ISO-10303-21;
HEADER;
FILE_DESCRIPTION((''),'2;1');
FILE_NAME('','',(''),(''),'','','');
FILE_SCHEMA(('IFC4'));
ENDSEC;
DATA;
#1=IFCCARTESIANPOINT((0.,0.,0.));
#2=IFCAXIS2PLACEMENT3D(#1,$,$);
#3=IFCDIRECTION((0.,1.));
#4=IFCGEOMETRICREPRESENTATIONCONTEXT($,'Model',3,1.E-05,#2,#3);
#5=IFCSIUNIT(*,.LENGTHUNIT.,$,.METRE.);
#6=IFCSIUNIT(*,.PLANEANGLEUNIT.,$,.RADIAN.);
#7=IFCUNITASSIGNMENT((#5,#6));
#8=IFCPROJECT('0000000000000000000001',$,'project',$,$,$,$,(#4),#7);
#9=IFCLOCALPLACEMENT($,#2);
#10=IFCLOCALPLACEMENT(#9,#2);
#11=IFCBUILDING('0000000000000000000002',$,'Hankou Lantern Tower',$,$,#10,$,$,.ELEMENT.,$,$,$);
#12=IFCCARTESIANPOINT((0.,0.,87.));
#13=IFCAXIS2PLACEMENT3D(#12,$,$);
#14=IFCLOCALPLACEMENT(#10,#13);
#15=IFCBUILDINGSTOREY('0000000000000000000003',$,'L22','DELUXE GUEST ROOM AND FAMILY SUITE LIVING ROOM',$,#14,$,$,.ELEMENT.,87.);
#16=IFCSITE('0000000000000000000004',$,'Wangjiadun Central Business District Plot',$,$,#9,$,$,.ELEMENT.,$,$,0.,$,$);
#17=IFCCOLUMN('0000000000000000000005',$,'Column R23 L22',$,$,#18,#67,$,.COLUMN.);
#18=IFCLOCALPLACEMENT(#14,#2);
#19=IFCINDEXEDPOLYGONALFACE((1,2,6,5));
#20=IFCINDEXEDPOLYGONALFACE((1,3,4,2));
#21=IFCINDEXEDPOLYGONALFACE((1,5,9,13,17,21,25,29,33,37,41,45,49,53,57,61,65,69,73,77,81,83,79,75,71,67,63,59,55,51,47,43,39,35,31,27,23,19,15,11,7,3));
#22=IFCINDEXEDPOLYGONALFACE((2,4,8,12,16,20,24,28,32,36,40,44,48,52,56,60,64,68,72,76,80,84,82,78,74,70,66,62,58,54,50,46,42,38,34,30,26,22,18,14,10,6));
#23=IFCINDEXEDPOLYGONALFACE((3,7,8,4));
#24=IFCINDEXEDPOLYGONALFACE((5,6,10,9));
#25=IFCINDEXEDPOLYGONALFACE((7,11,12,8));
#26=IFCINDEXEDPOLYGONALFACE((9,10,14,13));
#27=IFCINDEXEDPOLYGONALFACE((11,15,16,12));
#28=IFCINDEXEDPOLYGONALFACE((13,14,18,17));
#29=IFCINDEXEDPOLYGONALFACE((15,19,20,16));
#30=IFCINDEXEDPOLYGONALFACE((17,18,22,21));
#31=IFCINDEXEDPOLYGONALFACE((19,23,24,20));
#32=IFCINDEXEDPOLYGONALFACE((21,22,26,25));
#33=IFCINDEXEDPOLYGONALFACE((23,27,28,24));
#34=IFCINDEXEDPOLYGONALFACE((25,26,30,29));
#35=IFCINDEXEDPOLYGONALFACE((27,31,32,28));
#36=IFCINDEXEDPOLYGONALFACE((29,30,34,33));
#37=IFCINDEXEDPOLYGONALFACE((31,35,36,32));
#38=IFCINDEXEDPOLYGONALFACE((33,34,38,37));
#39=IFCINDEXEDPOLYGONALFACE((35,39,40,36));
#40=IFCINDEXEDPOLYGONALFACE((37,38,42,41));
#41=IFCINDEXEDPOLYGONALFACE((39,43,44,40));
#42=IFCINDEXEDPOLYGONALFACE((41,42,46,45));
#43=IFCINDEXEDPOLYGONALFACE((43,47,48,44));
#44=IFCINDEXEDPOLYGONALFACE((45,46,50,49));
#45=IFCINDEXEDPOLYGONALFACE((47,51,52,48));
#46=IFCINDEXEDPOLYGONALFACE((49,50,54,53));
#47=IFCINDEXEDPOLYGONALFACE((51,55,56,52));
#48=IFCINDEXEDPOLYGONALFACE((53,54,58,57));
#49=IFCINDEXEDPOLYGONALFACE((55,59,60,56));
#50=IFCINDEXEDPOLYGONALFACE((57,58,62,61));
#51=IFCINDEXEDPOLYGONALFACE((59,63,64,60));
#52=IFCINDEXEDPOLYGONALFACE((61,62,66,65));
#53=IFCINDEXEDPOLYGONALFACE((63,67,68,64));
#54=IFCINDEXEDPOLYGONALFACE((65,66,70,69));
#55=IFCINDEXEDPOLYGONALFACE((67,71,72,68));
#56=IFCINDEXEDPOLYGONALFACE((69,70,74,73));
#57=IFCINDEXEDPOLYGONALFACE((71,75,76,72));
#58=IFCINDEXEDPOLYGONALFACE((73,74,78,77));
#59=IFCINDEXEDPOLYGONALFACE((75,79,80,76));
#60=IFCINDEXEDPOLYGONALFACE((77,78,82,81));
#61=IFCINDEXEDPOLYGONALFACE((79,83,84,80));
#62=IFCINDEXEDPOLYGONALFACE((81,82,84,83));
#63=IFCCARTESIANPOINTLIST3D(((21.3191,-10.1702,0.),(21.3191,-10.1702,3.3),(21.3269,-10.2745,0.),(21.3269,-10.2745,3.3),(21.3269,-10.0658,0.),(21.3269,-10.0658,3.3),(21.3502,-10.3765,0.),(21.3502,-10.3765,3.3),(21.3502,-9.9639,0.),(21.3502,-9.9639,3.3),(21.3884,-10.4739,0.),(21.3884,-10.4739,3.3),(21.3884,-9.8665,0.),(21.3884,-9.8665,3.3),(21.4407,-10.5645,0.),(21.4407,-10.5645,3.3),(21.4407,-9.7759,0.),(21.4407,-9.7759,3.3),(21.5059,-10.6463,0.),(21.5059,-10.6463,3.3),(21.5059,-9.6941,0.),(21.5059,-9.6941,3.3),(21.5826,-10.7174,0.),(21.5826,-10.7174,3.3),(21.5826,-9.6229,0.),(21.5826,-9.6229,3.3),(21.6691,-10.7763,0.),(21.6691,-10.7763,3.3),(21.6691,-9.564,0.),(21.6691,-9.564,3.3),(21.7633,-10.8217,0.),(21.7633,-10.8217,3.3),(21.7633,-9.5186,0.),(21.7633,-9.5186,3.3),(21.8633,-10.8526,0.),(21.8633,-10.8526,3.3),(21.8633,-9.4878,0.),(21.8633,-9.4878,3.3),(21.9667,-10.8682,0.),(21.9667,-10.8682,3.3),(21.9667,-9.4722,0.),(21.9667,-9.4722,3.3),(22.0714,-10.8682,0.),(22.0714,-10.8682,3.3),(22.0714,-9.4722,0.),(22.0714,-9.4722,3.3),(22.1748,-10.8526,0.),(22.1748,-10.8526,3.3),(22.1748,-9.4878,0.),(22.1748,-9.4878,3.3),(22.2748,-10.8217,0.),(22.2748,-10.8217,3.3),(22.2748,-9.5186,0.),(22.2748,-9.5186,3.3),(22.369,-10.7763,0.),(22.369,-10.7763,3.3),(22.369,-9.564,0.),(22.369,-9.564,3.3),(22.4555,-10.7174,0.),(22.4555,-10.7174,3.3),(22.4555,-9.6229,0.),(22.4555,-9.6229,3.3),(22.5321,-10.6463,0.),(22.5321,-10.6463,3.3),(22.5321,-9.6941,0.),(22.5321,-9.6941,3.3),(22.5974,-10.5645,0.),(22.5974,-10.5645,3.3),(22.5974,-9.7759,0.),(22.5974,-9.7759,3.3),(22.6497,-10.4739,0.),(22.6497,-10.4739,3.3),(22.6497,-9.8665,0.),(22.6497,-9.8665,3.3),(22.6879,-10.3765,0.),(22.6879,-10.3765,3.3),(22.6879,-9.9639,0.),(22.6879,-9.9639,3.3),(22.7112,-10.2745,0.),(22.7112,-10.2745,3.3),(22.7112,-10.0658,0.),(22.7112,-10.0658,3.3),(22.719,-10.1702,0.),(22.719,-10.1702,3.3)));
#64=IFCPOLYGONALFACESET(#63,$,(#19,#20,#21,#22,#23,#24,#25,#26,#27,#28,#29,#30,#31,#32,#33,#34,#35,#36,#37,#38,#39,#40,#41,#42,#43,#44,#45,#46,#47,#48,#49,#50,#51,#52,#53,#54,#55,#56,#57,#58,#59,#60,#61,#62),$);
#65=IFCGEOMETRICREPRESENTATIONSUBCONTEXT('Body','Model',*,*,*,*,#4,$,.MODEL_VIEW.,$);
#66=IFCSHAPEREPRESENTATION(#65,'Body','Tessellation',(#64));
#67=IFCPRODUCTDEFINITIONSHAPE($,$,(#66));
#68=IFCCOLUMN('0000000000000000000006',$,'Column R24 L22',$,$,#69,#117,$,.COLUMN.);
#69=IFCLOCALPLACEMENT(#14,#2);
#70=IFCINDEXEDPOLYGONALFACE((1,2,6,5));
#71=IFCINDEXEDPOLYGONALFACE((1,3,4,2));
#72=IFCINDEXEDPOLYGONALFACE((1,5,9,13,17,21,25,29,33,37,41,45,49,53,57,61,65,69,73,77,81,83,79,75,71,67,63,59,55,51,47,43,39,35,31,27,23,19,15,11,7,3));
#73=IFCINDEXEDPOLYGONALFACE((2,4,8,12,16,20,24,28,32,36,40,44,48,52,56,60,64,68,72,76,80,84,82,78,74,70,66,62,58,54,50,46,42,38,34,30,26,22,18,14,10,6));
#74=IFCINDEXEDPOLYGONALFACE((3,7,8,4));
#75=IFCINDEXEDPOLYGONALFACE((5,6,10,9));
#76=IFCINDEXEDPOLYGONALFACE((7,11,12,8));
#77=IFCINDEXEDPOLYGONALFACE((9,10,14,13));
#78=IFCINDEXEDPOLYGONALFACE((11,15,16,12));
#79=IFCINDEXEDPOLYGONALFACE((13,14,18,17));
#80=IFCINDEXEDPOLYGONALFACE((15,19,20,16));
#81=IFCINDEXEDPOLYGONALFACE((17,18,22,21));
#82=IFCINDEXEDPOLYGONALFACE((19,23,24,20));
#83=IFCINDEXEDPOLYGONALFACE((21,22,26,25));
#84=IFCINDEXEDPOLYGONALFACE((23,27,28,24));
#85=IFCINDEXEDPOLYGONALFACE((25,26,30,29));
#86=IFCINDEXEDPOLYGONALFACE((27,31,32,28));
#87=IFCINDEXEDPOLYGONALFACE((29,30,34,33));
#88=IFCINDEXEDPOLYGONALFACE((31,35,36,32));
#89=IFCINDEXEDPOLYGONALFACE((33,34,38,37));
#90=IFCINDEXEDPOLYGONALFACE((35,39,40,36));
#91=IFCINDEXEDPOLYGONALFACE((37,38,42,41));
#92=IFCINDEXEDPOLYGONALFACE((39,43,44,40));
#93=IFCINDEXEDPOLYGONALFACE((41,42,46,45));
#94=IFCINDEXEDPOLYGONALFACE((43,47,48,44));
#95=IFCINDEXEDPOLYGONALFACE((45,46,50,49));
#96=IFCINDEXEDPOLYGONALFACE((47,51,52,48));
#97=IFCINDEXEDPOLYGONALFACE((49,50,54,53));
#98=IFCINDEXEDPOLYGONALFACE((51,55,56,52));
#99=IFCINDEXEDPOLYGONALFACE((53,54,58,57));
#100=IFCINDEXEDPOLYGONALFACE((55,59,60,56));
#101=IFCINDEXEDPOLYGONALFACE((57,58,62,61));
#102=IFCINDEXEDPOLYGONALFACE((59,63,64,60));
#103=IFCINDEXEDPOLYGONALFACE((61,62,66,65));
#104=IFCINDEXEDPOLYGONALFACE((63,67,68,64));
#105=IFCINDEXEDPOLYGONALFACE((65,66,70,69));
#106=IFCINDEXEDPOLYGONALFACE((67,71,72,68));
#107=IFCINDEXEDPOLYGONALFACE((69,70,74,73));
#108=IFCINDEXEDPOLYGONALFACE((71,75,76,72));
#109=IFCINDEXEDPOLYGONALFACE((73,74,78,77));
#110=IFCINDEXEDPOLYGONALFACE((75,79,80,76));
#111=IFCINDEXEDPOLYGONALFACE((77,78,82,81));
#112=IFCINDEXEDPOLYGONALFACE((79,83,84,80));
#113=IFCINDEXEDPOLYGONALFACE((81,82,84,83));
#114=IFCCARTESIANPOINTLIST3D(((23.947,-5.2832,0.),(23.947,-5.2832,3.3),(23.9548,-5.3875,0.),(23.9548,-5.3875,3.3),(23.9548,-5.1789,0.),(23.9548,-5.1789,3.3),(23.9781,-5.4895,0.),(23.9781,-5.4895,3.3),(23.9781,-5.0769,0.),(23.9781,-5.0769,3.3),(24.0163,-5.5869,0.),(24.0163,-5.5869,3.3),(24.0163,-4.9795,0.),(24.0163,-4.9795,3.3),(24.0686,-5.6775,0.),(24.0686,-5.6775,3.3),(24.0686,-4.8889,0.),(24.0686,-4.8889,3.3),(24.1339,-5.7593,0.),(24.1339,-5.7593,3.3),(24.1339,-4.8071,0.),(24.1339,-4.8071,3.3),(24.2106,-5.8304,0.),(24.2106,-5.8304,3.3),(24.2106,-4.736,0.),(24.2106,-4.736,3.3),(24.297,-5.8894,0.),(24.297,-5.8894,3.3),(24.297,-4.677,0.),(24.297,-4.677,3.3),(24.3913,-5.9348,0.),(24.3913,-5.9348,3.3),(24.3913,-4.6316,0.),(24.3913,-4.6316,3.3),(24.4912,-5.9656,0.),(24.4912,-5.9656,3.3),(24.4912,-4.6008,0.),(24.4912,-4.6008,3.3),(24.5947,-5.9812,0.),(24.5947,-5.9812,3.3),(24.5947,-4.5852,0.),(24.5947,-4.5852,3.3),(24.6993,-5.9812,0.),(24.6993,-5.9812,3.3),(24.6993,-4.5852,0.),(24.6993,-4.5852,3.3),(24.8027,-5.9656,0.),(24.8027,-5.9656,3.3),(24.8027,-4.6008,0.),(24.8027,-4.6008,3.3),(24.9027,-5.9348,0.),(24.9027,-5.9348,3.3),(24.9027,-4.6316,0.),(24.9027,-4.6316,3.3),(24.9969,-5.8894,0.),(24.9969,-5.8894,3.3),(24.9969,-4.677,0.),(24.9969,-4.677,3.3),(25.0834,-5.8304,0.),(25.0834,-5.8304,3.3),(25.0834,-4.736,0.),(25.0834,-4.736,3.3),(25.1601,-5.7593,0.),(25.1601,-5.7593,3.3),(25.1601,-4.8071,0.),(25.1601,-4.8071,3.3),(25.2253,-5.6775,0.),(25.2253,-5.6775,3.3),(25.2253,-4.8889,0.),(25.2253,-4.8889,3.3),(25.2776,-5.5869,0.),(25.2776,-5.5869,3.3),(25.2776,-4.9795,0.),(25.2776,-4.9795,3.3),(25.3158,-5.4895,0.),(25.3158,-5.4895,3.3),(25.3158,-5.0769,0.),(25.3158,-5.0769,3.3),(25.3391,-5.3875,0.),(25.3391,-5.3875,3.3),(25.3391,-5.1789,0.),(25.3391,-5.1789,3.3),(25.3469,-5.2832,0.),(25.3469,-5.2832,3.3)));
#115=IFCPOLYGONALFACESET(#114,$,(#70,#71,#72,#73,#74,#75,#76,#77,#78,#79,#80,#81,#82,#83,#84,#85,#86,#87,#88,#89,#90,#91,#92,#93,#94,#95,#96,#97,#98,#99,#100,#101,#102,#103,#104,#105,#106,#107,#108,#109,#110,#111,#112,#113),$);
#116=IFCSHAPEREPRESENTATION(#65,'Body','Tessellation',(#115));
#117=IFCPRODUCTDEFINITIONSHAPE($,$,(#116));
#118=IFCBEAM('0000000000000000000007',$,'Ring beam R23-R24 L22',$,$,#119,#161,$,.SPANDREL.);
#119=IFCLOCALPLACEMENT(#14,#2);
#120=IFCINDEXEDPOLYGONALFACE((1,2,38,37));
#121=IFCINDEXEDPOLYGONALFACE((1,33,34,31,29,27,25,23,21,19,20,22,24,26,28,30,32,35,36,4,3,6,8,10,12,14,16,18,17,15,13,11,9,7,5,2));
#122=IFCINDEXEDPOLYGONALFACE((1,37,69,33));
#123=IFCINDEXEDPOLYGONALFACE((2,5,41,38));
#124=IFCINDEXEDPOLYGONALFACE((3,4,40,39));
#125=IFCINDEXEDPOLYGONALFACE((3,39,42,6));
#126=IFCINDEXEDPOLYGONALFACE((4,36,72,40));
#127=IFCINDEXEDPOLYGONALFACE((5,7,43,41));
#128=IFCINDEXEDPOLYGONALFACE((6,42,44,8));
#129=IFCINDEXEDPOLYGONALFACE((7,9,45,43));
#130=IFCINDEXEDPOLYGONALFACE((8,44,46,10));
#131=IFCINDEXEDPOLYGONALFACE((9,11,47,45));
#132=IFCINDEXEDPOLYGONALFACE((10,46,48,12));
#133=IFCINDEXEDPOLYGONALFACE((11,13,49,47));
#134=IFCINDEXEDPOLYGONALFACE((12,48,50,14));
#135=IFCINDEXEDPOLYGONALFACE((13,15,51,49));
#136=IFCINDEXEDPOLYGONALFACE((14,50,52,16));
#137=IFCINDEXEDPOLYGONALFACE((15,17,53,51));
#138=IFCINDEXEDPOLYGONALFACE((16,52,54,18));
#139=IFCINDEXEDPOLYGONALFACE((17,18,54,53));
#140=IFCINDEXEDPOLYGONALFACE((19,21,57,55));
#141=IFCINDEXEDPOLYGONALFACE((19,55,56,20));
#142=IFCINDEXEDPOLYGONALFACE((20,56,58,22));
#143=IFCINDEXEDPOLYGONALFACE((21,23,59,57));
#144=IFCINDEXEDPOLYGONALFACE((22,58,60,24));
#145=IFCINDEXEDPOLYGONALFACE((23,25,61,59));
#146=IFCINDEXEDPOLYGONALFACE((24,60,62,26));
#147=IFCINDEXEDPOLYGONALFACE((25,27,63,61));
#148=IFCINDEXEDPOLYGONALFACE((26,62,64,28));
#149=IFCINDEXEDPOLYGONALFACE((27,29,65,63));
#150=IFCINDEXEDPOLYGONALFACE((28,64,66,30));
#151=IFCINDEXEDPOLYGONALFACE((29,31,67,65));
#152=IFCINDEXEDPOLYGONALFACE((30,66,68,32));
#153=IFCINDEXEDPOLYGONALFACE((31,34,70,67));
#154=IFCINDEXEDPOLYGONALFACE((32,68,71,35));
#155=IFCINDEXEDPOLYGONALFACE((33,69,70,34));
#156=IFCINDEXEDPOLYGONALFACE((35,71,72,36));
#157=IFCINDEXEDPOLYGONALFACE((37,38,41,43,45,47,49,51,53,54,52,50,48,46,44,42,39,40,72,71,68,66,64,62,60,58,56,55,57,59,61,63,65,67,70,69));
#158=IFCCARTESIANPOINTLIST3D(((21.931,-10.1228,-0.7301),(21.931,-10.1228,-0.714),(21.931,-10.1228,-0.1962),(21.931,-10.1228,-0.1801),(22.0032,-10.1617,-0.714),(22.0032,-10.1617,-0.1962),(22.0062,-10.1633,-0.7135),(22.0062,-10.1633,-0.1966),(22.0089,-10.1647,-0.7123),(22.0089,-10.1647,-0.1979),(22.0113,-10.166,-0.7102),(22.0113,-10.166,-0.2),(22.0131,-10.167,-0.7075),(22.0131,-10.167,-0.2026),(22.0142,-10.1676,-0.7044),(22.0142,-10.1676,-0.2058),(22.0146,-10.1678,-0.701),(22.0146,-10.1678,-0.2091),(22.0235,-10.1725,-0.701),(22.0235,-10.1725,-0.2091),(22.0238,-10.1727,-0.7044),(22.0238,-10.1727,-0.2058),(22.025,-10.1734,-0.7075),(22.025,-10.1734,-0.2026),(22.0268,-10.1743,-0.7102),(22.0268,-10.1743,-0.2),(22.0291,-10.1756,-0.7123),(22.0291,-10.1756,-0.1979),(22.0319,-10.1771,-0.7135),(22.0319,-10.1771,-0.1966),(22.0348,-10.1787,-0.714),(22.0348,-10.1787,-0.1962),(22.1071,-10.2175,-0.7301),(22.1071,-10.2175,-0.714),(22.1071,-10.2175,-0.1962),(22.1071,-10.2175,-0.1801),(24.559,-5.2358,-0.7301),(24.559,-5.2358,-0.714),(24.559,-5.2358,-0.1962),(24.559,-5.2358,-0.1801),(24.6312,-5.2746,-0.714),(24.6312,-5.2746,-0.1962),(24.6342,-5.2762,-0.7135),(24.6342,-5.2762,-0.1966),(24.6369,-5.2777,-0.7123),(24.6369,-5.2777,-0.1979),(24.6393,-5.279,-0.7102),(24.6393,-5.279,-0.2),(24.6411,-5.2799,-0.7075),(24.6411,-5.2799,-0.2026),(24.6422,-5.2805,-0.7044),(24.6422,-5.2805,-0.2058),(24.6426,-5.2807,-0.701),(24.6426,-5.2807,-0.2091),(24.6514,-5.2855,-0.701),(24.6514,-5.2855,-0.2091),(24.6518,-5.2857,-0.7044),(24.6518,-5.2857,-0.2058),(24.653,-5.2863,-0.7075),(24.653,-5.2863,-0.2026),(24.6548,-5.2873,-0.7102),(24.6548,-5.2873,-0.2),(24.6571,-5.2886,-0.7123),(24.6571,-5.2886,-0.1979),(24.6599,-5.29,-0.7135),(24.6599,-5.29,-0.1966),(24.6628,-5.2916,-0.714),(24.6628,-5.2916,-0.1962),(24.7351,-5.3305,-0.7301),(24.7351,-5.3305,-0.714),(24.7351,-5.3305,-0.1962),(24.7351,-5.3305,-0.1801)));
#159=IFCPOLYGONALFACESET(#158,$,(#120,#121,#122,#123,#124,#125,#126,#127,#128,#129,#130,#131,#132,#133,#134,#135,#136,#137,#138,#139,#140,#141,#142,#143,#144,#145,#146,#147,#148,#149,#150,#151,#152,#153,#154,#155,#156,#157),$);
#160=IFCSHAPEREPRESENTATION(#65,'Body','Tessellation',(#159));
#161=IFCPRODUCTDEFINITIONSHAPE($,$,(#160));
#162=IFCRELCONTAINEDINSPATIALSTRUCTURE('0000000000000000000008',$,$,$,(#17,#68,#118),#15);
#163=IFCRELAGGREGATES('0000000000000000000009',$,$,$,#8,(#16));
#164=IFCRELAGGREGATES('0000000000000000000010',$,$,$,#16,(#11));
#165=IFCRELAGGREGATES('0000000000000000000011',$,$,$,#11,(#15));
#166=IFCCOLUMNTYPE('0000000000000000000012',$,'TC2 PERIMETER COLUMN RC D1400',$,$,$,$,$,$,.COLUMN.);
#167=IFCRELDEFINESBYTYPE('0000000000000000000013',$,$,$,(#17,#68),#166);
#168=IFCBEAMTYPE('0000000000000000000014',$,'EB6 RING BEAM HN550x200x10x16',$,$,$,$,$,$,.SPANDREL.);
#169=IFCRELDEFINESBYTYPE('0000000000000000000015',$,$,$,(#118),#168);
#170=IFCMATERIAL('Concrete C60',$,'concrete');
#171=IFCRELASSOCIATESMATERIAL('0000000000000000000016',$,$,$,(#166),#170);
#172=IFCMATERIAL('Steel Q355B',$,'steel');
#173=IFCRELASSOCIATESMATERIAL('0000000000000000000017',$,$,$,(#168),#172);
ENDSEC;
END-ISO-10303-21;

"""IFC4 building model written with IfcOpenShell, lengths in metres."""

from ifc_helpers import new_model, si_unit, direction, frame, origin, origin_2d, place, context, subcontext, project, spatial, circle, i_section, extrude, material, material_profile, profile_set, type_object, element, save


model = new_model("IFC4")

# Units and contexts
model_context = context("Model", 3, precision=1e-05, world=origin(), true_north=direction((0.0, 1.0)))
body_context = subcontext(model_context, "Body", "Model", "MODEL_VIEW")
ifc_project = project(units=[si_unit("LENGTHUNIT", "METRE"), si_unit("PLANEANGLEUNIT", "RADIAN")], contexts=[model_context])

# Site, building, storey
site_placement = place(None, origin())
site = spatial("IfcSite", under=ifc_project, at=site_placement, Name="Wangjiadun Central Business District Plot", CompositionType="ELEMENT", RefElevation=0.0)
building_placement = place(site_placement, origin())
building = spatial("IfcBuilding", under=site, at=building_placement, Name="Hankou Lantern Tower", CompositionType="ELEMENT")
storey_placement = place(building_placement, frame((0.0, 0.0, 87.0)))
storey = spatial("IfcBuildingStorey", under=building, at=storey_placement, Name="L22", Description="DELUXE GUEST ROOM AND FAMILY SUITE LIVING ROOM", CompositionType="ELEMENT", Elevation=87.0)

# Columns
ifc_material_1 = material(Name="Concrete C60", Category="concrete")
ifc_material_profile_1 = material_profile(ifc_material_1, circle(Radius=0.7, at=origin_2d()), Name="RC D1400")
ifc_profile_set_1 = profile_set([ifc_material_profile_1], Name="Concrete C60")
column_type = type_object("IfcColumnType", Name="TC2 PERIMETER COLUMN RC D1400", PredefinedType="COLUMN", material=ifc_profile_set_1)
for number, where, z_axis, x_axis, name in (
    (1, (22.019, -10.1702, 0.0), (0.0, 0.0, 1.0), (1.0, 0.0, 0.0), "Column R23 L22"),
    (2, (24.647, -5.2832, 0.0), (0.0, 0.0, 1.0), (1.0, 0.0, 0.0), "Column R24 L22"),
):
    element("IfcColumn", number, at=place(storey_placement, frame(where, z_axis=z_axis, x_axis=x_axis)), inside=storey, type_object=column_type, Name=name, PredefinedType="COLUMN", context=body_context, shape_type="SweptSolid", body=[
        extrude(circle(Radius=0.7, at=origin_2d()), origin(), (0.0, 0.0, 1.0), 3.3),
    ])

# Beam
ifc_material_2 = material(Name="Steel Q355B", Category="steel")
ifc_material_profile_2 = material_profile(ifc_material_2, i_section(OverallWidth=0.2, OverallDepth=0.55, WebThickness=0.01, FlangeThickness=0.0161, FilletRadius=0.0129, at=origin_2d()), Name="HN550x200x10x16")
ifc_profile_set_2 = profile_set([ifc_material_profile_2], Name="Steel Q355B")
beam_type = type_object("IfcBeamType", Name="EB6 RING BEAM HN550x200x10x16", PredefinedType="SPANDREL", material=ifc_profile_set_2)
beam_1_placement = place(storey_placement, frame((22.019, -10.1702, -0.4551), z_axis=(0.473609, 0.880735, 0.0), x_axis=(-0.880735, 0.473609, 0.0)))
element("IfcBeam", 3, at=beam_1_placement, inside=storey, type_object=beam_type, Name="Ring beam R23-R24 L22", PredefinedType="SPANDREL", context=body_context, shape_type="SweptSolid", body=[
    extrude(i_section(OverallWidth=0.2, OverallDepth=0.55, WebThickness=0.01, FlangeThickness=0.0161, FilletRadius=0.0129, at=origin_2d()), origin(), (0.0, 0.0, 1.0), 5.5488),
])

save(model, "model.ifc")
